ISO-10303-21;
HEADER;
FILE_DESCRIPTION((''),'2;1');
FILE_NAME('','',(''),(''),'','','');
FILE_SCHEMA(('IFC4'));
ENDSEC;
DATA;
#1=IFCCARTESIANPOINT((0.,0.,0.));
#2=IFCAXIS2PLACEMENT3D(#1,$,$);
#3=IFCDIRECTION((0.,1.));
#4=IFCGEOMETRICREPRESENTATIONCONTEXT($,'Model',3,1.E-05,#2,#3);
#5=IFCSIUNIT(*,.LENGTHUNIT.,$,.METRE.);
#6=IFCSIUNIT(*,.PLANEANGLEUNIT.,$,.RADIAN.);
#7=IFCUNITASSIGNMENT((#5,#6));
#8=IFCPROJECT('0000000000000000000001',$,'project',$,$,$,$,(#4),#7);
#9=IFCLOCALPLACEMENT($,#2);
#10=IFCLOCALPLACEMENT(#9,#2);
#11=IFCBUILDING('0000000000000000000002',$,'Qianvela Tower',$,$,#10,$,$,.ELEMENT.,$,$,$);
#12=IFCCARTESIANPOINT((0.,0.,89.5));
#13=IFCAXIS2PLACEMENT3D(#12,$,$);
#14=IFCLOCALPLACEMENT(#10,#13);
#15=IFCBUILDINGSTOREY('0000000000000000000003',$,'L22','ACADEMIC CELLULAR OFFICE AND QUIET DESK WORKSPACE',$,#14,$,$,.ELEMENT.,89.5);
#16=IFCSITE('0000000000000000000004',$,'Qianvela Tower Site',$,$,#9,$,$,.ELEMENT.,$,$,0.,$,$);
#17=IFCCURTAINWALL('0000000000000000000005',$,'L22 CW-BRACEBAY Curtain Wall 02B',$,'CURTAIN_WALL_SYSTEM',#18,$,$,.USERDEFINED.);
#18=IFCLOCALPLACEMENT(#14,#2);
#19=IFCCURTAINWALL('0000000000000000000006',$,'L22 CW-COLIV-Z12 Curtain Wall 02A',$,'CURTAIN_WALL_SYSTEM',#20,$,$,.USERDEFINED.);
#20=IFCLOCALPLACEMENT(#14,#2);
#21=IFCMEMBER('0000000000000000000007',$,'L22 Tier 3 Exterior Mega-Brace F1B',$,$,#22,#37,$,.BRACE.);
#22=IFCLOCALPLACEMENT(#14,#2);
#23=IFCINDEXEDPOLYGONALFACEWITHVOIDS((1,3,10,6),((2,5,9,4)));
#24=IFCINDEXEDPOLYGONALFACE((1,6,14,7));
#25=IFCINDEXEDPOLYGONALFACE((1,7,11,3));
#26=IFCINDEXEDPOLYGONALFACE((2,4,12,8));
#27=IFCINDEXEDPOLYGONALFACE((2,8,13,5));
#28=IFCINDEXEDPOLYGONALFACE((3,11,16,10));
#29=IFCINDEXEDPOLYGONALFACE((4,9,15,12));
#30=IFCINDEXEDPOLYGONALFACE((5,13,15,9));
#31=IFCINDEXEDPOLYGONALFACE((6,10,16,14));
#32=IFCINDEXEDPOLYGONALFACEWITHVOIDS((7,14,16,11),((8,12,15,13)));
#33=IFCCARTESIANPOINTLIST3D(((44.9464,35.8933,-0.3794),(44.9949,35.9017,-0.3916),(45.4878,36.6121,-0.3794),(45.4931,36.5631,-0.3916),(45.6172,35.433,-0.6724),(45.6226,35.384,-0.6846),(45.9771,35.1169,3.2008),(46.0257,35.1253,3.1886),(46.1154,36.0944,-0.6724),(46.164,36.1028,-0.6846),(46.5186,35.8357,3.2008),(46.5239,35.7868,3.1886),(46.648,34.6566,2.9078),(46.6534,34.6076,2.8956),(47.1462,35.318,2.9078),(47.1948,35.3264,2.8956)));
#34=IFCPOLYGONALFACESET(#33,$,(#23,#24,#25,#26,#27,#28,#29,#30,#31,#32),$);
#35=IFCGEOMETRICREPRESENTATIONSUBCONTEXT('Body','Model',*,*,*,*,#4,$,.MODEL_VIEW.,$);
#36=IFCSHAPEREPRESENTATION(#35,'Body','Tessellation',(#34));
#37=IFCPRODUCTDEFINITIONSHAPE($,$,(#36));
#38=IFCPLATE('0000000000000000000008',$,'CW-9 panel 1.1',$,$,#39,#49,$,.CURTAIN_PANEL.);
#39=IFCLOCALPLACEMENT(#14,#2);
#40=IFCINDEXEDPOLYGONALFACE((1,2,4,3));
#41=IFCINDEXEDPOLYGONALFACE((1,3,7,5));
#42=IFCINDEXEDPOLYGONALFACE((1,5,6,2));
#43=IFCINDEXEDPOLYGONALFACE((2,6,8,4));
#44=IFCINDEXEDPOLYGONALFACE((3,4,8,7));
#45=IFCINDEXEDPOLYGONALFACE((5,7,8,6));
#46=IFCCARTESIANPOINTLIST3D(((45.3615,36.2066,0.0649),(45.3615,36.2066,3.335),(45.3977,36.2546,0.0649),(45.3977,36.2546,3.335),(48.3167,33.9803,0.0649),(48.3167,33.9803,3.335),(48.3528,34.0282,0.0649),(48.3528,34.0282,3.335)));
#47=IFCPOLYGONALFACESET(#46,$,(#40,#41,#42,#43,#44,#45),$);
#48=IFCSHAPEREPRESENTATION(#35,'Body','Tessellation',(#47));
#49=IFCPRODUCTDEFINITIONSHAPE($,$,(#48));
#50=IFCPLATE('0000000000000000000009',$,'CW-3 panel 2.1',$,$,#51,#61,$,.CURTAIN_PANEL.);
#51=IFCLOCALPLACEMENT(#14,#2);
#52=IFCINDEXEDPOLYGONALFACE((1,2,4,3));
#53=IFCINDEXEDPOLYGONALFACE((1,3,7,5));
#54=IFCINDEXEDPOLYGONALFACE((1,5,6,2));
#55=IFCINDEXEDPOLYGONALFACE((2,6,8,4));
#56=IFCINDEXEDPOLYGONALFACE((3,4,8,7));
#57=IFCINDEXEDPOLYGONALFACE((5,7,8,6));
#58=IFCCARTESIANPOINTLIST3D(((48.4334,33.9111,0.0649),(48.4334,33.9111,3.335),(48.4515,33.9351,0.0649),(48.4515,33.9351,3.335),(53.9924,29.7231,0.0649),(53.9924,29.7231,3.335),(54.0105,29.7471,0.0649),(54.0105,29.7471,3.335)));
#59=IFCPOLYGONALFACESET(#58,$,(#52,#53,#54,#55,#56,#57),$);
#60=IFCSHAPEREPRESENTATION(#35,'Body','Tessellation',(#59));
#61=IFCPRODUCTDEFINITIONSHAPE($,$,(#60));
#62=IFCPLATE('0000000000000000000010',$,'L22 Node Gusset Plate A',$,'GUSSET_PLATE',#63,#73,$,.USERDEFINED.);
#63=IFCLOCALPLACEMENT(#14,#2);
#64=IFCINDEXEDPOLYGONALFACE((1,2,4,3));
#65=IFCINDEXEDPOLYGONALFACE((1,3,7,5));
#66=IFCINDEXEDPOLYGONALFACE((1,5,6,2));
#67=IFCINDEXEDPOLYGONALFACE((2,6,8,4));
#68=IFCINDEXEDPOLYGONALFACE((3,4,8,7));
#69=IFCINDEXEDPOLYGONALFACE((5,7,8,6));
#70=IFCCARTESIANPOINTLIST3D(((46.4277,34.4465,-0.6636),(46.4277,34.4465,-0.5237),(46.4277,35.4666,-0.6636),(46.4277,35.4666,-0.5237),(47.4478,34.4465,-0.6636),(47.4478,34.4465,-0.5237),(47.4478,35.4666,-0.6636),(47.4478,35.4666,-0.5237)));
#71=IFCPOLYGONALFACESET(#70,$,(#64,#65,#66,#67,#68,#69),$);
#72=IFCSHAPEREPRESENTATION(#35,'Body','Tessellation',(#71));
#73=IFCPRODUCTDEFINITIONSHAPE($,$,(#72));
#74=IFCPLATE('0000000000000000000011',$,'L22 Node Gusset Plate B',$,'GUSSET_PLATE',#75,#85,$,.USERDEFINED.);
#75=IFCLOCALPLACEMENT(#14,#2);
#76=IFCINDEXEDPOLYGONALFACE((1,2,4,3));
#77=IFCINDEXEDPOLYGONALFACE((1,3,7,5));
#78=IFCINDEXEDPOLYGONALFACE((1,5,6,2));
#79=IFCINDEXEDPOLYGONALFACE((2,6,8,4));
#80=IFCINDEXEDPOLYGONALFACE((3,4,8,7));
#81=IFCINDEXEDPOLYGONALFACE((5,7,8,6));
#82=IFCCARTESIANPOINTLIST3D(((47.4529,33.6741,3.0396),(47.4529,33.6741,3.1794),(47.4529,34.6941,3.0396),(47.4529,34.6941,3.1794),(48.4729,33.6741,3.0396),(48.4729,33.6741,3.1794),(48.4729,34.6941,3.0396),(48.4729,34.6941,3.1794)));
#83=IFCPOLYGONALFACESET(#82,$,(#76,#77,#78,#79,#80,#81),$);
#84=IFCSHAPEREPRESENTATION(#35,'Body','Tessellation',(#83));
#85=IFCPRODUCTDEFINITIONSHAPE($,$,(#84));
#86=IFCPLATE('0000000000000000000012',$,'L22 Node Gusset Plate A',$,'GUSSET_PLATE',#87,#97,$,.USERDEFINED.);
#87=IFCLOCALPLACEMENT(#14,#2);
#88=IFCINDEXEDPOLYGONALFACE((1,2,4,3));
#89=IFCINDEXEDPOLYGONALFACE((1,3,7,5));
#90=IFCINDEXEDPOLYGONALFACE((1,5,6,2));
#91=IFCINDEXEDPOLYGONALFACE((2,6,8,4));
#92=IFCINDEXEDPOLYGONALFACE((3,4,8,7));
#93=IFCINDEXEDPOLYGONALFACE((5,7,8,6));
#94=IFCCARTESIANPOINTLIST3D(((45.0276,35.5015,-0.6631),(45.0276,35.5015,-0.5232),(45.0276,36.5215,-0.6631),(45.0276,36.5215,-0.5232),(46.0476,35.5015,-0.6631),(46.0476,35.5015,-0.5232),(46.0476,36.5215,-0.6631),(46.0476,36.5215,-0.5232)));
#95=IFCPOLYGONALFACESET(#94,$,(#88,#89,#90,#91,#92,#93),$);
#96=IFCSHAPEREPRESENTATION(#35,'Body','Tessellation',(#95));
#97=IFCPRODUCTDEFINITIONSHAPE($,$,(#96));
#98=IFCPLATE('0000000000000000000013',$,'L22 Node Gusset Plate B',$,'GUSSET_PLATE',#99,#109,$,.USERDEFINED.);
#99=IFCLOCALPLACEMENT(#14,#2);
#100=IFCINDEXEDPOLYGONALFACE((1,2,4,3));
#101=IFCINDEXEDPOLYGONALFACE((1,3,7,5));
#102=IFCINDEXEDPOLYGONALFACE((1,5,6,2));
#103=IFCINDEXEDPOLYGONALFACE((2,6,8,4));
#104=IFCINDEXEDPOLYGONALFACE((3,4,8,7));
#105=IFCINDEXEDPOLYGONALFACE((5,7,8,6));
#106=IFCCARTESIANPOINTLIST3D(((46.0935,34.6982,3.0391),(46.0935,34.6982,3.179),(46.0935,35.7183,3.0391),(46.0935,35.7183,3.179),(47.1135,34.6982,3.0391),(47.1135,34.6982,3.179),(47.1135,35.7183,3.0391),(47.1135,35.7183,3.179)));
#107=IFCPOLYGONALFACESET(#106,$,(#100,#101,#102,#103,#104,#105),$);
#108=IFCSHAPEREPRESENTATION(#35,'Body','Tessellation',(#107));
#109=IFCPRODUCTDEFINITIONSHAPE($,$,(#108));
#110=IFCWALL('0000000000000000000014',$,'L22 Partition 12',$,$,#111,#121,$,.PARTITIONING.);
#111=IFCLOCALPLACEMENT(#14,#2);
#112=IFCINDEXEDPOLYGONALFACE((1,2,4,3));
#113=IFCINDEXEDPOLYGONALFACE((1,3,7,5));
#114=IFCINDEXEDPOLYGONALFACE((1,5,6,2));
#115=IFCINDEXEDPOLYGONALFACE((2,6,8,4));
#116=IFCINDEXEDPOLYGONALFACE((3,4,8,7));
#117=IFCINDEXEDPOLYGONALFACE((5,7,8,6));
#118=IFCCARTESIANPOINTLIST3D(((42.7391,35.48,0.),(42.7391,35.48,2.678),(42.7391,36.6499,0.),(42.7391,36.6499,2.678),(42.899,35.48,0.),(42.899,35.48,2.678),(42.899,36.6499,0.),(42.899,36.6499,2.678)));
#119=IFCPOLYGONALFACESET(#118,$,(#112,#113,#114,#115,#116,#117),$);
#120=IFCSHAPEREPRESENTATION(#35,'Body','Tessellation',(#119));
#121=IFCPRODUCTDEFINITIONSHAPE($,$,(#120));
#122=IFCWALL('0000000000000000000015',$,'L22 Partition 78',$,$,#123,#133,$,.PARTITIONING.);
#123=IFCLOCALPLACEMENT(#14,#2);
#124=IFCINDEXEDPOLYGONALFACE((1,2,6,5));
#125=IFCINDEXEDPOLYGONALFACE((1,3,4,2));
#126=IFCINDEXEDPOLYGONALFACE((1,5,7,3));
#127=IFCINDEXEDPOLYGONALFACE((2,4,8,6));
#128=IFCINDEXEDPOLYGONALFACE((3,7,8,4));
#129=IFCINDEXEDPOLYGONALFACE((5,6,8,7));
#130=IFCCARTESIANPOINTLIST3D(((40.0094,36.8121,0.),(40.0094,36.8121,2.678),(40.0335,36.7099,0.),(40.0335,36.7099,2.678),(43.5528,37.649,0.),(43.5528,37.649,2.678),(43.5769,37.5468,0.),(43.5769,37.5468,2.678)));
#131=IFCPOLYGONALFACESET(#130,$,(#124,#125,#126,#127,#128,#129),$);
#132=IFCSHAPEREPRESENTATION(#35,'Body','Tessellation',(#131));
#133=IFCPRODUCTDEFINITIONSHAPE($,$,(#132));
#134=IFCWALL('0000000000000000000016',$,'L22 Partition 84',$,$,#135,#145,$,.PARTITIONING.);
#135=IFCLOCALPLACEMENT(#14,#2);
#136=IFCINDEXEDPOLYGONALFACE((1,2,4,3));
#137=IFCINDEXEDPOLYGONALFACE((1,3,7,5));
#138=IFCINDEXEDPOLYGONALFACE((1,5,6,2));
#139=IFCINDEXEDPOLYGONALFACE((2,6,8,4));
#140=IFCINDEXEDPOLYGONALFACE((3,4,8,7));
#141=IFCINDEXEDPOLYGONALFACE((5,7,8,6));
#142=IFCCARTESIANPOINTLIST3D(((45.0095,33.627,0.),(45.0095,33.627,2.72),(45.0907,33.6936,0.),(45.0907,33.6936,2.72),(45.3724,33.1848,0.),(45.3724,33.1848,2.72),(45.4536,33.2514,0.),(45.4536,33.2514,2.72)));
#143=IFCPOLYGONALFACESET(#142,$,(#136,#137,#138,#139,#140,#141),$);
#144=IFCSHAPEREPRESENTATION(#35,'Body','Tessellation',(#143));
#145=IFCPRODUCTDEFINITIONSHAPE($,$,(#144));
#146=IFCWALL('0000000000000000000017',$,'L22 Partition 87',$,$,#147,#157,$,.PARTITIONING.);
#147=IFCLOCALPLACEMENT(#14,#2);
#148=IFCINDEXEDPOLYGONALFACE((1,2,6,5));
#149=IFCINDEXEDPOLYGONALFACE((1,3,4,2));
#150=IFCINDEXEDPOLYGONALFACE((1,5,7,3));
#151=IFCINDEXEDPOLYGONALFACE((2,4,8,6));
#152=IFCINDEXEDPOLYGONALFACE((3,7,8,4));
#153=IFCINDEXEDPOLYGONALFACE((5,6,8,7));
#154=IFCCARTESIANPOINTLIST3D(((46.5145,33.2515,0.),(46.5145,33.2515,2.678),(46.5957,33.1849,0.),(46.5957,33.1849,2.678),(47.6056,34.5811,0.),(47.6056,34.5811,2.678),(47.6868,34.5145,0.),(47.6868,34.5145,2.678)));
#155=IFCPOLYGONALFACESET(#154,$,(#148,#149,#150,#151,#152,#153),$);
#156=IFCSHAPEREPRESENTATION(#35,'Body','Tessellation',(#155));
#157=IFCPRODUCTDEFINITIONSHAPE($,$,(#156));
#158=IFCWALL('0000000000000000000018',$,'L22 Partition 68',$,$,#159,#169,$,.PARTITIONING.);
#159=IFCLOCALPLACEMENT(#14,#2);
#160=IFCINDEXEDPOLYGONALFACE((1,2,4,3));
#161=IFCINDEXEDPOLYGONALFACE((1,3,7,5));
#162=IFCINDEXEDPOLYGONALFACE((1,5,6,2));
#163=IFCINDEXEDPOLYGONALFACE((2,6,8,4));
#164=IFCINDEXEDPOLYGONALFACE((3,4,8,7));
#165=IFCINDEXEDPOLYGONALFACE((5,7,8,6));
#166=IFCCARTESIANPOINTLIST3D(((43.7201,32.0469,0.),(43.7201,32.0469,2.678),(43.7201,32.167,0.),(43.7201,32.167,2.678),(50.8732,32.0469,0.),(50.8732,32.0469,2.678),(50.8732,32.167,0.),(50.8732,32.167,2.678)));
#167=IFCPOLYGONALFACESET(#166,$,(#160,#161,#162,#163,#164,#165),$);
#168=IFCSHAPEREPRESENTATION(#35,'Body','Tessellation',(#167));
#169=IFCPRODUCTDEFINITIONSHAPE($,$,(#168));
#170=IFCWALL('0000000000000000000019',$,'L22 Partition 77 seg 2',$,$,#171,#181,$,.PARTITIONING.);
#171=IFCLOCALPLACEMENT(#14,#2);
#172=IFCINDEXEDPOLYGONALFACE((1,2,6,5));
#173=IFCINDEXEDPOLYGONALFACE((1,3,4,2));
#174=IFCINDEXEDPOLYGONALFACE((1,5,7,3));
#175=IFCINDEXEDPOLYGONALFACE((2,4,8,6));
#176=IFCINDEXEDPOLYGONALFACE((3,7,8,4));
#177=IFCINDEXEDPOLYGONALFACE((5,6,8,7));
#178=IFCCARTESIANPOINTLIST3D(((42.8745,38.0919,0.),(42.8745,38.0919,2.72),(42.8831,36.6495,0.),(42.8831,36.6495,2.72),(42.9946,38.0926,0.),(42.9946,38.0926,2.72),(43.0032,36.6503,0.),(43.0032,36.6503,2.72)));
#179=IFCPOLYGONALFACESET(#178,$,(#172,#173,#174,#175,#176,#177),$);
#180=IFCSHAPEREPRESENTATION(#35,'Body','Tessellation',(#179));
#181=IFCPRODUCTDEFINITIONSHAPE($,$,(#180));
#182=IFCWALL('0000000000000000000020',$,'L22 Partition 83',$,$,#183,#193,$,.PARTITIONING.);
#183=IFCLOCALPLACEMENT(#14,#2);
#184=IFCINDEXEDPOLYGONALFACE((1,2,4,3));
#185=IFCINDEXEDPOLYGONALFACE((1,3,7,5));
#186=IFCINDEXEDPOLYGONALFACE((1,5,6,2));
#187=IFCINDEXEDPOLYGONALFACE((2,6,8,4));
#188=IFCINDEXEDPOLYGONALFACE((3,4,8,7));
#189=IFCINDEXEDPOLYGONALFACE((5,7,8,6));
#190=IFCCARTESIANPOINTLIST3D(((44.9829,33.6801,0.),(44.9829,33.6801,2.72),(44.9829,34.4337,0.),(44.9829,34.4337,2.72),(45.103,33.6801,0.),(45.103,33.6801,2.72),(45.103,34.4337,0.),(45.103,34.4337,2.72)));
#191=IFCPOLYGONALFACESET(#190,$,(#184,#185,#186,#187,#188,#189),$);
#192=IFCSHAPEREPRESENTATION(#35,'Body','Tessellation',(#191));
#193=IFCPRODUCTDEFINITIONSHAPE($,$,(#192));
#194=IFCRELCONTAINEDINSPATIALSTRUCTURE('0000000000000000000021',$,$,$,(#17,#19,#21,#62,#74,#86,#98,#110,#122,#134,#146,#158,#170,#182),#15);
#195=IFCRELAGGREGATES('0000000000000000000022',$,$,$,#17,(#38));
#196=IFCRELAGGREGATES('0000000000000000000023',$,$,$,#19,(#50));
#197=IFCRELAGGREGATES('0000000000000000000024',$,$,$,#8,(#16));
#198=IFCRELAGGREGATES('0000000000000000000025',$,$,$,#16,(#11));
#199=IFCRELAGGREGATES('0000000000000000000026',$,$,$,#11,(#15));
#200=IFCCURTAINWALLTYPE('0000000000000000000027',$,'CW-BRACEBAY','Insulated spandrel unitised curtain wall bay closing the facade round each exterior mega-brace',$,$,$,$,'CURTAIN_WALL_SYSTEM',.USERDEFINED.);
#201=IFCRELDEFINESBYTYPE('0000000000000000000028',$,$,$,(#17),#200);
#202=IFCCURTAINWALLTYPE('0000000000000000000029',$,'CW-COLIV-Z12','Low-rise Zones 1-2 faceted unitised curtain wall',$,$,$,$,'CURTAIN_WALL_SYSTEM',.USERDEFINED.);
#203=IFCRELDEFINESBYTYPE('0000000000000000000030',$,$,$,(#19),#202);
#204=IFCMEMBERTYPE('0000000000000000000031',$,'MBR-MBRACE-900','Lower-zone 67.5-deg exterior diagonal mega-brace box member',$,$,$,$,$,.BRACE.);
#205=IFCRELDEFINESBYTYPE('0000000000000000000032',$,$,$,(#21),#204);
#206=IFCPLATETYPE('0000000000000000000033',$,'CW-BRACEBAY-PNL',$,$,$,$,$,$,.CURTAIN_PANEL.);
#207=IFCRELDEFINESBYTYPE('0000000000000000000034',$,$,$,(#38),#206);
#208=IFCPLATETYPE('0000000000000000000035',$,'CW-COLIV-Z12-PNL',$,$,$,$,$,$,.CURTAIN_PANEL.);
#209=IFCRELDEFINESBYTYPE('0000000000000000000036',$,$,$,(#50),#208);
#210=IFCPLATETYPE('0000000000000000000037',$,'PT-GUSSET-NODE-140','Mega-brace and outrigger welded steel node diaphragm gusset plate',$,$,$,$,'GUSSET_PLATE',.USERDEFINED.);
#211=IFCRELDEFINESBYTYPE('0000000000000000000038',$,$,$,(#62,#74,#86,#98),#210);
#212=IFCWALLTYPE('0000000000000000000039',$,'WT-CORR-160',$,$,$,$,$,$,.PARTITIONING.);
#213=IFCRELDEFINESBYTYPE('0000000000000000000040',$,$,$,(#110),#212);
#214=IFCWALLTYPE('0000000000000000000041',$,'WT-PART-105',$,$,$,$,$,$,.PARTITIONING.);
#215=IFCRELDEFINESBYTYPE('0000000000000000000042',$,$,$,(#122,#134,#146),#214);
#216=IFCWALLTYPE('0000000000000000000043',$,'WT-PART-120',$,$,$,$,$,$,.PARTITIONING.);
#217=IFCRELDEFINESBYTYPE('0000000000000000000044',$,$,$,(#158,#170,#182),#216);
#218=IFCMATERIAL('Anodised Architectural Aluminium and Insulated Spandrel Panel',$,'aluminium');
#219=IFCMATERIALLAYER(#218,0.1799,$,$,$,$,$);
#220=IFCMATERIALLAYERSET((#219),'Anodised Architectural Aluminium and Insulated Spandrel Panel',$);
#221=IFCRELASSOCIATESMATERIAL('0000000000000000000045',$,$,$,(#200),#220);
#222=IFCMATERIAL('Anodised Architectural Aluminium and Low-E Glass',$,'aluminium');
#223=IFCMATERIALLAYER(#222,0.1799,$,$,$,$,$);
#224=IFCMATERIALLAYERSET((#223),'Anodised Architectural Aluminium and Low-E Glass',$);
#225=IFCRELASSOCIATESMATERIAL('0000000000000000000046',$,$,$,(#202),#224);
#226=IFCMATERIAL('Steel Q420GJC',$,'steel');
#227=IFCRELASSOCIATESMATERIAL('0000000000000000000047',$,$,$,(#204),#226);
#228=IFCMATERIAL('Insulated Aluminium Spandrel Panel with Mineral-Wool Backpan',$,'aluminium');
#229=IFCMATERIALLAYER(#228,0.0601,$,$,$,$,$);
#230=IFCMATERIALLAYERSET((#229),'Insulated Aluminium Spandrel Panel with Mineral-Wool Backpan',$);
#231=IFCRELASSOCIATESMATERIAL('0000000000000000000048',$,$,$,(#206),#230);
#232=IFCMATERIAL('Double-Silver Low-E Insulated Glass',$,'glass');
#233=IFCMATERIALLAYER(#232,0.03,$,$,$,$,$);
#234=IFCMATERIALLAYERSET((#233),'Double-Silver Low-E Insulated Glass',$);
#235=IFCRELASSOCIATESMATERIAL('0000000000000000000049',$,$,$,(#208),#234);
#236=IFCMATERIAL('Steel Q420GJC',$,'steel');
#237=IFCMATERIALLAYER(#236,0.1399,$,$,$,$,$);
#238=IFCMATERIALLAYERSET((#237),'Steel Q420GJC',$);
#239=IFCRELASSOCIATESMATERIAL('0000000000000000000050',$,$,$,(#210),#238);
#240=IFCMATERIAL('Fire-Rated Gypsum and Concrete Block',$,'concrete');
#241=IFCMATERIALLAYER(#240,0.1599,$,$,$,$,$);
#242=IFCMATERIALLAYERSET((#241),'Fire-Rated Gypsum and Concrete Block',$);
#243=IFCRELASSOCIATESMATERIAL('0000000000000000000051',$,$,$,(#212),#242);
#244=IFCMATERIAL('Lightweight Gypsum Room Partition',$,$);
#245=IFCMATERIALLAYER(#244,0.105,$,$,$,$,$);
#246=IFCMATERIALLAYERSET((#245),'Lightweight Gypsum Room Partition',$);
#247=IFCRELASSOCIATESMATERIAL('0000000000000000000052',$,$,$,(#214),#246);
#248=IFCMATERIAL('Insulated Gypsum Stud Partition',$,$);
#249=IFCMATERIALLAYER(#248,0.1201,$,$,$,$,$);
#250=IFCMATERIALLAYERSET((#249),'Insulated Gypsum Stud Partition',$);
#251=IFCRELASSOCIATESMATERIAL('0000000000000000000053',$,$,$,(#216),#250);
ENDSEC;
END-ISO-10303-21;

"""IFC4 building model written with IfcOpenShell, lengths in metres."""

from ifc_helpers import new_model, si_unit, direction, frame, frame_2d, origin, origin_2d, place, context, subcontext, project, spatial, rectangle, hollow_rectangle, extrude, material, layer, layer_set, material_profile, profile_set, type_object, element, aggregate, save


model = new_model("IFC4")

# Units and contexts
model_context = context("Model", 3, precision=1e-05, world=origin(), true_north=direction((0.0, 1.0)))
body_context = subcontext(model_context, "Body", "Model", "MODEL_VIEW")
ifc_project = project(units=[si_unit("LENGTHUNIT", "METRE"), si_unit("PLANEANGLEUNIT", "RADIAN")], contexts=[model_context])

# Site, building, storey
site_placement = place(None, origin())
site = spatial("IfcSite", under=ifc_project, at=site_placement, Name="Qianvela Tower Site", CompositionType="ELEMENT", RefElevation=0.0)
building_placement = place(site_placement, origin())
building = spatial("IfcBuilding", under=site, at=building_placement, Name="Qianvela Tower", CompositionType="ELEMENT")
storey_placement = place(building_placement, frame((0.0, 0.0, 89.5)))
storey = spatial("IfcBuildingStorey", under=building, at=storey_placement, Name="L22", Description="ACADEMIC CELLULAR OFFICE AND QUIET DESK WORKSPACE", CompositionType="ELEMENT", Elevation=89.5)

# Curtain wall
ifc_material_1 = material(Name="Anodised Architectural Aluminium and Insulated Spandrel Panel", Category="aluminium")
ifc_layer_1 = layer(ifc_material_1, 0.1799)
ifc_layer_set_1 = layer_set([ifc_layer_1], Name="Anodised Architectural Aluminium and Insulated Spandrel Panel")
curtain_wall_type_1 = type_object("IfcCurtainWallType", Name="CW-BRACEBAY", Description="Insulated spandrel unitised curtain wall bay closing the facade round each exterior mega-brace", ElementType="CURTAIN_WALL_SYSTEM", PredefinedType="USERDEFINED", material=ifc_layer_set_1)
curtain_wall_1_placement = place(storey_placement, origin())
curtain_wall_1 = element("IfcCurtainWall", 1, at=curtain_wall_1_placement, inside=storey, type_object=curtain_wall_type_1, Name="L22 CW-BRACEBAY Curtain Wall 02B", ObjectType="CURTAIN_WALL_SYSTEM", PredefinedType="USERDEFINED")

# Curtain wall
ifc_material_2 = material(Name="Anodised Architectural Aluminium and Low-E Glass", Category="aluminium")
ifc_layer_2 = layer(ifc_material_2, 0.1799)
ifc_layer_set_2 = layer_set([ifc_layer_2], Name="Anodised Architectural Aluminium and Low-E Glass")
curtain_wall_type_2 = type_object("IfcCurtainWallType", Name="CW-COLIV-Z12", Description="Low-rise Zones 1-2 faceted unitised curtain wall", ElementType="CURTAIN_WALL_SYSTEM", PredefinedType="USERDEFINED", material=ifc_layer_set_2)
curtain_wall_2_placement = place(storey_placement, origin())
curtain_wall_2 = element("IfcCurtainWall", 2, at=curtain_wall_2_placement, inside=storey, type_object=curtain_wall_type_2, Name="L22 CW-COLIV-Z12 Curtain Wall 02A", ObjectType="CURTAIN_WALL_SYSTEM", PredefinedType="USERDEFINED")

# Member
ifc_material_3 = material(Name="Steel Q420GJC", Category="steel")
ifc_material_profile_1 = material_profile(ifc_material_3, hollow_rectangle(XDim=0.8999, YDim=0.8999, WallThickness=0.0359, at=origin_2d()), Name="MBOX-900x900x36")
ifc_profile_set_1 = profile_set([ifc_material_profile_1], Name="Steel Q420GJC")
member_type_1 = type_object("IfcMemberType", Name="MBR-MBRACE-900", Description="Lower-zone 67.5-deg exterior diagonal mega-brace box member", PredefinedType="BRACE", material=ifc_profile_set_1)
member_1_placement = place(storey_placement, frame((45.5552, 35.998, -0.532), z_axis=(0.270858, -0.204009, 0.940753), x_axis=(0.601633, 0.798772, 0.0)))
element("IfcMember", 3, at=member_1_placement, inside=storey, type_object=member_type_1, Name="L22 Tier 3 Exterior Mega-Brace F1B", PredefinedType="BRACE", context=body_context, shape_type="SweptSolid", body=[
    extrude(hollow_rectangle(XDim=0.8999, YDim=0.8999, WallThickness=0.0359, at=origin_2d()), origin(), (0.0, 0.0, 1.0), 3.8057),
])

# Plates
ifc_material_4 = material(Name="Insulated Aluminium Spandrel Panel with Mineral-Wool Backpan", Category="aluminium")
ifc_layer_3 = layer(ifc_material_4, 0.0601)
ifc_layer_set_3 = layer_set([ifc_layer_3], Name="Insulated Aluminium Spandrel Panel with Mineral-Wool Backpan")
plate_type_1 = type_object("IfcPlateType", Name="CW-BRACEBAY-PNL", PredefinedType="CURTAIN_PANEL", material=ifc_layer_set_3)
plate_1_placement = place(storey_placement, frame((46.8572, 35.1174, 0.0649), z_axis=(0.0, 0.0, 1.0), x_axis=(-0.798701, 0.601728, 0.0)))
plate_1 = element("IfcPlate", 4, at=plate_1_placement, type_object=plate_type_1, Name="CW-9 panel 1.1", PredefinedType="CURTAIN_PANEL", context=body_context, shape_type="SweptSolid", body=[
    extrude(rectangle(XDim=3.7, YDim=0.0601, at=origin_2d()), origin(), (0.0, 0.0, 1.0), 3.27),
])
aggregate(curtain_wall_1, [plate_1])
ifc_material_5 = material(Name="Double-Silver Low-E Insulated Glass", Category="glass")
ifc_layer_4 = layer(ifc_material_5, 0.03)
ifc_layer_set_4 = layer_set([ifc_layer_4], Name="Double-Silver Low-E Insulated Glass")
plate_type_2 = type_object("IfcPlateType", Name="CW-COLIV-Z12-PNL", PredefinedType="CURTAIN_PANEL", material=ifc_layer_set_4)
plate_2_placement = place(storey_placement, frame((51.2219, 31.8291, 0.0649), z_axis=(0.0, 0.0, 1.0), x_axis=(-0.798709, 0.601718, 0.0)))
plate_2 = element("IfcPlate", 5, at=plate_2_placement, type_object=plate_type_2, Name="CW-3 panel 2.1", PredefinedType="CURTAIN_PANEL", context=body_context, shape_type="SweptSolid", body=[
    extrude(rectangle(XDim=6.96, YDim=0.03, at=origin_2d()), origin(), (0.0, 0.0, 1.0), 3.27),
])
aggregate(curtain_wall_2, [plate_2])

# Plates
ifc_material_6 = material(Name="Steel Q420GJC", Category="steel")
ifc_layer_5 = layer(ifc_material_6, 0.1399)
ifc_layer_set_5 = layer_set([ifc_layer_5], Name="Steel Q420GJC")
plate_type_3 = type_object("IfcPlateType", Name="PT-GUSSET-NODE-140", Description="Mega-brace and outrigger welded steel node diaphragm gusset plate", ElementType="GUSSET_PLATE", PredefinedType="USERDEFINED", material=ifc_layer_set_5)
for number, where, z_axis, x_axis, name in (
    (6, (46.9377, 34.9565, -0.6636), (0.0, 0.0, 1.0), (1.0, 0.0, 0.0), "L22 Node Gusset Plate A"),
    (7, (47.9629, 34.1841, 3.0396), (0.0, 0.0, 1.0), (1.0, 0.0, 0.0), "L22 Node Gusset Plate B"),
    (8, (45.5376, 36.0115, -0.6631), (0.0, 0.0, 1.0), (1.0, 0.0, 0.0), "L22 Node Gusset Plate A"),
    (9, (46.6035, 35.2083, 3.0391), (0.0, 0.0, 1.0), (1.0, 0.0, 0.0), "L22 Node Gusset Plate B"),
):
    element("IfcPlate", number, at=place(storey_placement, frame(where, z_axis=z_axis, x_axis=x_axis)), inside=storey, type_object=plate_type_3, Name=name, ObjectType="GUSSET_PLATE", PredefinedType="USERDEFINED", context=body_context, shape_type="SweptSolid", body=[
        extrude(rectangle(XDim=1.02, YDim=1.02, at=origin_2d()), origin(), (0.0, 0.0, 1.0), 0.1399),
    ])

# Walls
ifc_material_7 = material(Name="Fire-Rated Gypsum and Concrete Block", Category="concrete")
ifc_layer_6 = layer(ifc_material_7, 0.1599)
ifc_layer_set_6 = layer_set([ifc_layer_6], Name="Fire-Rated Gypsum and Concrete Block")
wall_type_1 = type_object("IfcWallType", Name="WT-CORR-160", PredefinedType="PARTITIONING", material=ifc_layer_set_6)
wall_1_placement = place(storey_placement, frame((42.8191, 36.6499, 0.0), z_axis=(0.0, 0.0, 1.0), x_axis=(0.0, -1.0, 0.0)))
element("IfcWall", 10, at=wall_1_placement, inside=storey, type_object=wall_type_1, Name="L22 Partition 12", PredefinedType="PARTITIONING", context=body_context, shape_type="SweptSolid", body=[
    extrude(rectangle(XDim=1.1699, YDim=0.1599, at=frame_2d((0.585, 0.0))), origin(), (0.0, 0.0, 1.0), 2.678),
])
ifc_material_8 = material(Name="Lightweight Gypsum Room Partition")
ifc_layer_7 = layer(ifc_material_8, 0.105)
ifc_layer_set_7 = layer_set([ifc_layer_7], Name="Lightweight Gypsum Room Partition")
wall_type_2 = type_object("IfcWallType", Name="WT-PART-105", PredefinedType="PARTITIONING", material=ifc_layer_set_7)
wall_2_placement = place(storey_placement, frame((43.5647, 37.5979, 0.0), z_axis=(0.0, 0.0, 1.0), x_axis=(-0.973223, -0.229861, 0.0)))
element("IfcWall", 11, at=wall_2_placement, inside=storey, type_object=wall_type_2, Name="L22 Partition 78", PredefinedType="PARTITIONING", context=body_context, shape_type="SweptSolid", body=[
    extrude(rectangle(XDim=3.6409, YDim=0.105, at=frame_2d((1.8203, 0.0))), origin(), (0.0, 0.0, 1.0), 2.678),
])
wall_3_placement = place(storey_placement, frame((45.05, 33.6604, 0.0), z_axis=(0.0, 0.0, 1.0), x_axis=(0.63433, -0.773063, 0.0)))
element("IfcWall", 12, at=wall_3_placement, inside=storey, type_object=wall_type_2, Name="L22 Partition 84", PredefinedType="PARTITIONING", context=body_context, shape_type="SweptSolid", body=[
    extrude(rectangle(XDim=0.572, YDim=0.105, at=frame_2d((0.2861, 0.0))), origin(), (0.0, 0.0, 1.0), 2.72),
])
wall_4_placement = place(storey_placement, frame((46.5552, 33.2183, 0.0), z_axis=(0.0, 0.0, 1.0), x_axis=(0.634358, 0.773039, 0.0)))
element("IfcWall", 13, at=wall_4_placement, inside=storey, type_object=wall_type_2, Name="L22 Partition 87", PredefinedType="PARTITIONING", context=body_context, shape_type="SweptSolid", body=[
    extrude(rectangle(XDim=1.72, YDim=0.105, at=frame_2d((0.8599, 0.0))), origin(), (0.0, 0.0, 1.0), 2.678),
])
ifc_material_9 = material(Name="Insulated Gypsum Stud Partition")
ifc_layer_8 = layer(ifc_material_9, 0.1201)
ifc_layer_set_8 = layer_set([ifc_layer_8], Name="Insulated Gypsum Stud Partition")
wall_type_3 = type_object("IfcWallType", Name="WT-PART-120", PredefinedType="PARTITIONING", material=ifc_layer_set_8)
wall_5_placement = place(storey_placement, frame((43.72, 32.1069, 0.0), z_axis=(0.0, 0.0, 1.0), x_axis=(1.0, 0.0, 0.0)))
element("IfcWall", 14, at=wall_5_placement, inside=storey, type_object=wall_type_3, Name="L22 Partition 68", PredefinedType="PARTITIONING", context=body_context, shape_type="SweptSolid", body=[
    extrude(rectangle(XDim=7.1531, YDim=0.1201, at=frame_2d((3.5767, 0.0))), origin(), (0.0, 0.0, 1.0), 2.678),
])
wall_6_placement = place(storey_placement, frame((42.9431, 36.6499, 0.0), z_axis=(0.0, 0.0, 1.0), x_axis=(-0.005924, 0.999982, 0.0)))
element("IfcWall", 15, at=wall_6_placement, inside=storey, type_object=wall_type_3, Name="L22 Partition 77 seg 2", PredefinedType="PARTITIONING", context=body_context, shape_type="SweptSolid", body=[
    extrude(rectangle(XDim=1.4424, YDim=0.1201, at=frame_2d((0.7212, 0.0))), origin(), (0.0, 0.0, 1.0), 2.72),
])
wall_7_placement = place(storey_placement, frame((45.043, 34.4338, 0.0), z_axis=(0.0, 0.0, 1.0), x_axis=(0.0, -1.0, 0.0)))
element("IfcWall", 16, at=wall_7_placement, inside=storey, type_object=wall_type_3, Name="L22 Partition 83", PredefinedType="PARTITIONING", context=body_context, shape_type="SweptSolid", body=[
    extrude(rectangle(XDim=0.7537, YDim=0.1201, at=frame_2d((0.377, 0.0))), origin(), (0.0, 0.0, 1.0), 2.72),
])

save(model, "model.ifc")
